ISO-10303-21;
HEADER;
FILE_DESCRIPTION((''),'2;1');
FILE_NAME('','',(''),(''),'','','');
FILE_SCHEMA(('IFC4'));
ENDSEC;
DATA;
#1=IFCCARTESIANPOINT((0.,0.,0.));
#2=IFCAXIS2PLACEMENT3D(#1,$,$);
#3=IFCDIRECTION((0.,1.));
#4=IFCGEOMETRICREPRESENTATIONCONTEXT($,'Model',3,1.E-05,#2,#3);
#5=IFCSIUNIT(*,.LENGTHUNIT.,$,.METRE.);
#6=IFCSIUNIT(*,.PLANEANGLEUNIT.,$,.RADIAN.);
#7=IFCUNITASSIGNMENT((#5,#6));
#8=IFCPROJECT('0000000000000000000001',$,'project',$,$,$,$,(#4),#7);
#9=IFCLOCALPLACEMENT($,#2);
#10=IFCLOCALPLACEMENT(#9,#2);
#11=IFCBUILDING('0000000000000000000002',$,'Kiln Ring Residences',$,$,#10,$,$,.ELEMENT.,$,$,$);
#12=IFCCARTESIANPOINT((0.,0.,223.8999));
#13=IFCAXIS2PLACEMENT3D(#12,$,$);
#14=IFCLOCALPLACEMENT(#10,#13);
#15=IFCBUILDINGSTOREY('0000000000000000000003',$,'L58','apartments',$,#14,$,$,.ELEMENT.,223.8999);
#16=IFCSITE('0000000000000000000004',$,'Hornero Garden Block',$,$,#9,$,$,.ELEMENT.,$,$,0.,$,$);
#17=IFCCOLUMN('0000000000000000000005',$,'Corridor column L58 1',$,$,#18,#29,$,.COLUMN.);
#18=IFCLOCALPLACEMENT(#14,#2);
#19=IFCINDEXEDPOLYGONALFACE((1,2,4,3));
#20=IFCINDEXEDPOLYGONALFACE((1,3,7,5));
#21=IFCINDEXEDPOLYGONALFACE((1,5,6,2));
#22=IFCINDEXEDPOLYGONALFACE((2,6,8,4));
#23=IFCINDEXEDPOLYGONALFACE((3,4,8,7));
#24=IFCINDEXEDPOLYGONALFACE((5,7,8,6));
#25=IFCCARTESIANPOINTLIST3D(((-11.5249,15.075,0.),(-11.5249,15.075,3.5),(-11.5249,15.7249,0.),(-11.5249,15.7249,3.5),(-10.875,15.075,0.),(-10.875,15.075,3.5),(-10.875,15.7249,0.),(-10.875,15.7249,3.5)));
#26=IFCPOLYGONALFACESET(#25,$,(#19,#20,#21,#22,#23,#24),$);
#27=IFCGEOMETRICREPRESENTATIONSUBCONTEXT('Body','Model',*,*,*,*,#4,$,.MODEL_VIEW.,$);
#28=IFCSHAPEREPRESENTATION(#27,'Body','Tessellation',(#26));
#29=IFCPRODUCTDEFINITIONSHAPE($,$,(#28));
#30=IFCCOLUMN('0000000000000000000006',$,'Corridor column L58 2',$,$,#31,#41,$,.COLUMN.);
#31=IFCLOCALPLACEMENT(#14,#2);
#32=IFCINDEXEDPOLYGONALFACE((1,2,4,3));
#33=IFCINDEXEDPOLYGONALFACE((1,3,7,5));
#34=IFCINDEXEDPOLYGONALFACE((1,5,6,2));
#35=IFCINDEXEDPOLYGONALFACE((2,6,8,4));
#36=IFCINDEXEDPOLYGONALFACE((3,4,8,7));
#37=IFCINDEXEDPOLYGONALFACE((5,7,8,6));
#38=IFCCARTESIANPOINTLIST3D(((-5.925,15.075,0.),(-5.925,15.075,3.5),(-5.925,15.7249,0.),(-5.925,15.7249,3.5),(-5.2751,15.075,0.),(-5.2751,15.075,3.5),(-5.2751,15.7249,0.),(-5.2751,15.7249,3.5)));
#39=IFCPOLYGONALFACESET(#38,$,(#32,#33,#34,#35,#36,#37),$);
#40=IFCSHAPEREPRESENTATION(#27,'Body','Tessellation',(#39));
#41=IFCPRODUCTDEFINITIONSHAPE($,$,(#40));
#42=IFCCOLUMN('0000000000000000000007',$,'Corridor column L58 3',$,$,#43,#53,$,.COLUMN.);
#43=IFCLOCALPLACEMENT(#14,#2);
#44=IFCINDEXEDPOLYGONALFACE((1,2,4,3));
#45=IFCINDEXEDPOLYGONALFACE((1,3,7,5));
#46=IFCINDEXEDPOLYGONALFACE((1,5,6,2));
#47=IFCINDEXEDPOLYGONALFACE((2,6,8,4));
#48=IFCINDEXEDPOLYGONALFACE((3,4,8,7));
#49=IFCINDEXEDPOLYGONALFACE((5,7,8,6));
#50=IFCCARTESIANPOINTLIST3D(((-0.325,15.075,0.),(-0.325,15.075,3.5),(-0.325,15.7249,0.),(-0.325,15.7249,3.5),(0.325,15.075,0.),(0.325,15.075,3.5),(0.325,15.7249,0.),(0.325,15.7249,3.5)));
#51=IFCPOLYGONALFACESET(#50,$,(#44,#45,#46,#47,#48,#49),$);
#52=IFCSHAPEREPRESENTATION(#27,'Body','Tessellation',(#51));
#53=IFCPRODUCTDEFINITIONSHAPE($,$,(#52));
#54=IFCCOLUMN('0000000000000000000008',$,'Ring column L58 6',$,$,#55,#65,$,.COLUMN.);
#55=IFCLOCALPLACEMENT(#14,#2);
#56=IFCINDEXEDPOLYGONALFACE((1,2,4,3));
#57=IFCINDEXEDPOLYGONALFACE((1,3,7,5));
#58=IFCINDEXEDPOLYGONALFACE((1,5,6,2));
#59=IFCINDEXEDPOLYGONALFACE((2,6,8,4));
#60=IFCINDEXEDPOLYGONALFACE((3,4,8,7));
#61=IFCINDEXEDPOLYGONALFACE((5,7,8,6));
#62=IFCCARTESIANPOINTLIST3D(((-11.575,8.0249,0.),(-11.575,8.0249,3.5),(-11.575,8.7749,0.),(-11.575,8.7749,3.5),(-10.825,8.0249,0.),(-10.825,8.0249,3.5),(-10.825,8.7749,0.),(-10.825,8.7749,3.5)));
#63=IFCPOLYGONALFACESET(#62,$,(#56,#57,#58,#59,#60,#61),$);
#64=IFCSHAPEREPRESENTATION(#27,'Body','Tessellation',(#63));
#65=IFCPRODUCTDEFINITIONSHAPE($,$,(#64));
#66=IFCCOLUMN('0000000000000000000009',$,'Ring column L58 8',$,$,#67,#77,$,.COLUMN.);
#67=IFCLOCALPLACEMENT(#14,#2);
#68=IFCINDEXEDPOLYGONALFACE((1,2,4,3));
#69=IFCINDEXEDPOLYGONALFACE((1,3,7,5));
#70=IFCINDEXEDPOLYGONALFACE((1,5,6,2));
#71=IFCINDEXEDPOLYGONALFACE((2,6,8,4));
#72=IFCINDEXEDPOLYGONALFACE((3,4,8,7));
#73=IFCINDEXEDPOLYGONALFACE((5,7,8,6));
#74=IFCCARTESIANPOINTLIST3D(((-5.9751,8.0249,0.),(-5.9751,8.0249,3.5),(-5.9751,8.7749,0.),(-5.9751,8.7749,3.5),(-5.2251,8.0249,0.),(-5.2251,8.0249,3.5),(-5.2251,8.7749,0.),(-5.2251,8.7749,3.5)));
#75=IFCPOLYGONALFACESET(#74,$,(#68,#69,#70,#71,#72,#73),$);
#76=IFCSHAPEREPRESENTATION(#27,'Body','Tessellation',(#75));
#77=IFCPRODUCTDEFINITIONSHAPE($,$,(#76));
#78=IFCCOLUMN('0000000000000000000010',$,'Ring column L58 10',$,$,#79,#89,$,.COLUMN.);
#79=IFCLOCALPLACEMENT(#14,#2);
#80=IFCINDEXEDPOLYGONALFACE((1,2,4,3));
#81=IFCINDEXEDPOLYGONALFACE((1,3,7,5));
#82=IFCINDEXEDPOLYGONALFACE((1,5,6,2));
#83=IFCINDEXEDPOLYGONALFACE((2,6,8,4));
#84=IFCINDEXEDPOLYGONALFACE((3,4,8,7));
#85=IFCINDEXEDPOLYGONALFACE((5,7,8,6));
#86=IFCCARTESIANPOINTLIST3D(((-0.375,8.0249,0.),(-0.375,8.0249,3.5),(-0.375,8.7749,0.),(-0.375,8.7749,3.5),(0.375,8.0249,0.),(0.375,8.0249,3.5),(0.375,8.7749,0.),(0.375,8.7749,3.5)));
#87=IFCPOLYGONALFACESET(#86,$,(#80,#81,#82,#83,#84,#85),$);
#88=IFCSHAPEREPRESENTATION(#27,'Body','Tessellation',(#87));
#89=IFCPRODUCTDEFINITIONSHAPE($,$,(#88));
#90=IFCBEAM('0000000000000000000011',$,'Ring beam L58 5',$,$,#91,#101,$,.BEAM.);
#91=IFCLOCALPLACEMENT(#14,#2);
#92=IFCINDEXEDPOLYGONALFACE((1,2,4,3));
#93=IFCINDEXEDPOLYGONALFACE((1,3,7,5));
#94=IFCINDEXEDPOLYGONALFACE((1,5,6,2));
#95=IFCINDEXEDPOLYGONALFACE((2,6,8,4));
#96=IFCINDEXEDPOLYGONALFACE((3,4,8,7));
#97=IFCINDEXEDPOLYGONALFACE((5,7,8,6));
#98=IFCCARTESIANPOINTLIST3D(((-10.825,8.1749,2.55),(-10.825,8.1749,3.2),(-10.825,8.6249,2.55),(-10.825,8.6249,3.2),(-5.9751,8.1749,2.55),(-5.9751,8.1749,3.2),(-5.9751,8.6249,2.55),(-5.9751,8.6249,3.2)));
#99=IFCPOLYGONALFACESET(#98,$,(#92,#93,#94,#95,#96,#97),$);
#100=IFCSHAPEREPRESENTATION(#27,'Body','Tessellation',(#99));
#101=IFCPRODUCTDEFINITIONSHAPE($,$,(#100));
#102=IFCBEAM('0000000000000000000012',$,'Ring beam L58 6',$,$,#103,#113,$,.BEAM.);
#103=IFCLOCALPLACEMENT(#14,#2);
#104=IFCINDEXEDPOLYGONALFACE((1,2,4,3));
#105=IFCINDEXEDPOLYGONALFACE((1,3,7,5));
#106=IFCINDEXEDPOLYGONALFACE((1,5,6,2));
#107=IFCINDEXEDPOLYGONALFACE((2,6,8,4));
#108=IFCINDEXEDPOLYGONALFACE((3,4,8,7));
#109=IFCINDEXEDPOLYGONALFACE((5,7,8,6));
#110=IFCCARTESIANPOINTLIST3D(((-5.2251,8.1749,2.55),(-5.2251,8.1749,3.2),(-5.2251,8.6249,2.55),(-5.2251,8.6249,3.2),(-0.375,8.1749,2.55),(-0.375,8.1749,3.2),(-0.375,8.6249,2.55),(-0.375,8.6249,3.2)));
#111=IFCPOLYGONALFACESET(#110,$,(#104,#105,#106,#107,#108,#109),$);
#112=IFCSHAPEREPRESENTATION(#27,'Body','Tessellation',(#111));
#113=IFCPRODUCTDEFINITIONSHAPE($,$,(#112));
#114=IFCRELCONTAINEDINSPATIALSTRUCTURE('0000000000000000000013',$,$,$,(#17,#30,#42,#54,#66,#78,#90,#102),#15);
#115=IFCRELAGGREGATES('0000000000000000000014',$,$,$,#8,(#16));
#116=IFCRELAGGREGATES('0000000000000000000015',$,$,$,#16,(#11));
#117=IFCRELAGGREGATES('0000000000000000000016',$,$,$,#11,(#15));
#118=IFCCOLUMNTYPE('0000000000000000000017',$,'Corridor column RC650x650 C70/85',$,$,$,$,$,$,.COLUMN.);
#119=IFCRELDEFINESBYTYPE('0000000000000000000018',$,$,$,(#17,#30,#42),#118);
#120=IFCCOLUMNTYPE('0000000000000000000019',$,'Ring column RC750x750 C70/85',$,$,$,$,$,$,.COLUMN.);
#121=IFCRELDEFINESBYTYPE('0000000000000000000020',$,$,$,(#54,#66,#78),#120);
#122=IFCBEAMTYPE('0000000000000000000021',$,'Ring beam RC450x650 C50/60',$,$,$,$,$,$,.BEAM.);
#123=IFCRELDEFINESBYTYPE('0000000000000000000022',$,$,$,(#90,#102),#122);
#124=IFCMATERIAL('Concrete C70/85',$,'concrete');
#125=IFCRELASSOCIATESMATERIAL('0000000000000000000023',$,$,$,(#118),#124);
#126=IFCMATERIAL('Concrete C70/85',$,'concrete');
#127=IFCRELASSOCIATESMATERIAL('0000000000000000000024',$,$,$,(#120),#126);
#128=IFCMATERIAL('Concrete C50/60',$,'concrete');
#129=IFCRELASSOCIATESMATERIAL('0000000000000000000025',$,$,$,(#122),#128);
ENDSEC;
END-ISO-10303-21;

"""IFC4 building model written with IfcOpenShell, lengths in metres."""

from ifc_helpers import new_model, si_unit, direction, frame, origin, origin_2d, place, context, subcontext, project, spatial, rectangle, extrude, material, material_profile, profile_set, type_object, element, save


model = new_model("IFC4")

# Units and contexts
model_context = context("Model", 3, precision=1e-05, world=origin(), true_north=direction((0.0, 1.0)))
body_context = subcontext(model_context, "Body", "Model", "MODEL_VIEW")
ifc_project = project(units=[si_unit("LENGTHUNIT", "METRE"), si_unit("PLANEANGLEUNIT", "RADIAN")], contexts=[model_context])

# Site, building, storey
site_placement = place(None, origin())
site = spatial("IfcSite", under=ifc_project, at=site_placement, Name="Hornero Garden Block", CompositionType="ELEMENT", RefElevation=0.0)
building_placement = place(site_placement, origin())
building = spatial("IfcBuilding", under=site, at=building_placement, Name="Kiln Ring Residences", CompositionType="ELEMENT")
storey_placement = place(building_placement, frame((0.0, 0.0, 223.8999)))
storey = spatial("IfcBuildingStorey", under=building, at=storey_placement, Name="L58", Description="apartments", CompositionType="ELEMENT", Elevation=223.8999)

# Columns
ifc_material_1 = material(Name="Concrete C70/85", Category="concrete")
ifc_material_profile_1 = material_profile(ifc_material_1, rectangle(XDim=0.6499, YDim=0.6499, at=origin_2d()), Name="RC650x650")
ifc_profile_set_1 = profile_set([ifc_material_profile_1], Name="Concrete C70/85")
column_type_1 = type_object("IfcColumnType", Name="Corridor column RC650x650 C70/85", PredefinedType="COLUMN", material=ifc_profile_set_1)
for number, where, z_axis, x_axis, name in (
    (1, (-11.2, 15.3999, 0.0), (0.0, 0.0, 1.0), (1.0, 0.0, 0.0), "Corridor column L58 1"),
    (2, (-5.6001, 15.3999, 0.0), (0.0, 0.0, 1.0), (1.0, 0.0, 0.0), "Corridor column L58 2"),
    (3, (0.0, 15.3999, 0.0), (0.0, 0.0, 1.0), (1.0, 0.0, 0.0), "Corridor column L58 3"),
):
    element("IfcColumn", number, at=place(storey_placement, frame(where, z_axis=z_axis, x_axis=x_axis)), inside=storey, type_object=column_type_1, Name=name, PredefinedType="COLUMN", context=body_context, shape_type="SweptSolid", body=[
        extrude(rectangle(XDim=0.6499, YDim=0.6499, at=origin_2d()), origin(), (0.0, 0.0, 1.0), 3.5),
    ])
ifc_material_2 = material(Name="Concrete C70/85", Category="concrete")
ifc_material_profile_2 = material_profile(ifc_material_2, rectangle(XDim=0.75, YDim=0.75, at=origin_2d()), Name="RC750x750")
ifc_profile_set_2 = profile_set([ifc_material_profile_2], Name="Concrete C70/85")
column_type_2 = type_object("IfcColumnType", Name="Ring column RC750x750 C70/85", PredefinedType="COLUMN", material=ifc_profile_set_2)
for number, where, z_axis, x_axis, name in (
    (4, (-11.2, 8.3999, 0.0), (0.0, 0.0, 1.0), (1.0, 0.0, 0.0), "Ring column L58 6"),
    (5, (-5.6001, 8.3999, 0.0), (0.0, 0.0, 1.0), (1.0, 0.0, 0.0), "Ring column L58 8"),
    (6, (0.0, 8.3999, 0.0), (0.0, 0.0, 1.0), (1.0, 0.0, 0.0), "Ring column L58 10"),
):
    element("IfcColumn", number, at=place(storey_placement, frame(where, z_axis=z_axis, x_axis=x_axis)), inside=storey, type_object=column_type_2, Name=name, PredefinedType="COLUMN", context=body_context, shape_type="SweptSolid", body=[
        extrude(rectangle(XDim=0.75, YDim=0.75, at=origin_2d()), origin(), (0.0, 0.0, 1.0), 3.5),
    ])

# Beams
ifc_material_3 = material(Name="Concrete C50/60", Category="concrete")
ifc_material_profile_3 = material_profile(ifc_material_3, rectangle(XDim=0.45, YDim=0.6499, at=origin_2d()), Name="RC450x650")
ifc_profile_set_3 = profile_set([ifc_material_profile_3], Name="Concrete C50/60")
beam_type = type_object("IfcBeamType", Name="Ring beam RC450x650 C50/60", PredefinedType="BEAM", material=ifc_profile_set_3)
beam_1_placement = place(storey_placement, frame((-10.825, 8.3999, 2.875), z_axis=(1.0, 0.0, 0.0), x_axis=(0.0, 1.0, 0.0)))
element("IfcBeam", 7, at=beam_1_placement, inside=storey, type_object=beam_type, Name="Ring beam L58 5", PredefinedType="BEAM", context=body_context, shape_type="SweptSolid", body=[
    extrude(rectangle(XDim=0.45, YDim=0.6499, at=origin_2d()), origin(), (0.0, 0.0, 1.0), 4.8499),
])
beam_2_placement = place(storey_placement, frame((-5.2251, 8.3999, 2.875), z_axis=(1.0, 0.0, 0.0), x_axis=(0.0, 1.0, 0.0)))
element("IfcBeam", 8, at=beam_2_placement, inside=storey, type_object=beam_type, Name="Ring beam L58 6", PredefinedType="BEAM", context=body_context, shape_type="SweptSolid", body=[
    extrude(rectangle(XDim=0.45, YDim=0.6499, at=origin_2d()), origin(), (0.0, 0.0, 1.0), 4.8501),
])

save(model, "model.ifc")
